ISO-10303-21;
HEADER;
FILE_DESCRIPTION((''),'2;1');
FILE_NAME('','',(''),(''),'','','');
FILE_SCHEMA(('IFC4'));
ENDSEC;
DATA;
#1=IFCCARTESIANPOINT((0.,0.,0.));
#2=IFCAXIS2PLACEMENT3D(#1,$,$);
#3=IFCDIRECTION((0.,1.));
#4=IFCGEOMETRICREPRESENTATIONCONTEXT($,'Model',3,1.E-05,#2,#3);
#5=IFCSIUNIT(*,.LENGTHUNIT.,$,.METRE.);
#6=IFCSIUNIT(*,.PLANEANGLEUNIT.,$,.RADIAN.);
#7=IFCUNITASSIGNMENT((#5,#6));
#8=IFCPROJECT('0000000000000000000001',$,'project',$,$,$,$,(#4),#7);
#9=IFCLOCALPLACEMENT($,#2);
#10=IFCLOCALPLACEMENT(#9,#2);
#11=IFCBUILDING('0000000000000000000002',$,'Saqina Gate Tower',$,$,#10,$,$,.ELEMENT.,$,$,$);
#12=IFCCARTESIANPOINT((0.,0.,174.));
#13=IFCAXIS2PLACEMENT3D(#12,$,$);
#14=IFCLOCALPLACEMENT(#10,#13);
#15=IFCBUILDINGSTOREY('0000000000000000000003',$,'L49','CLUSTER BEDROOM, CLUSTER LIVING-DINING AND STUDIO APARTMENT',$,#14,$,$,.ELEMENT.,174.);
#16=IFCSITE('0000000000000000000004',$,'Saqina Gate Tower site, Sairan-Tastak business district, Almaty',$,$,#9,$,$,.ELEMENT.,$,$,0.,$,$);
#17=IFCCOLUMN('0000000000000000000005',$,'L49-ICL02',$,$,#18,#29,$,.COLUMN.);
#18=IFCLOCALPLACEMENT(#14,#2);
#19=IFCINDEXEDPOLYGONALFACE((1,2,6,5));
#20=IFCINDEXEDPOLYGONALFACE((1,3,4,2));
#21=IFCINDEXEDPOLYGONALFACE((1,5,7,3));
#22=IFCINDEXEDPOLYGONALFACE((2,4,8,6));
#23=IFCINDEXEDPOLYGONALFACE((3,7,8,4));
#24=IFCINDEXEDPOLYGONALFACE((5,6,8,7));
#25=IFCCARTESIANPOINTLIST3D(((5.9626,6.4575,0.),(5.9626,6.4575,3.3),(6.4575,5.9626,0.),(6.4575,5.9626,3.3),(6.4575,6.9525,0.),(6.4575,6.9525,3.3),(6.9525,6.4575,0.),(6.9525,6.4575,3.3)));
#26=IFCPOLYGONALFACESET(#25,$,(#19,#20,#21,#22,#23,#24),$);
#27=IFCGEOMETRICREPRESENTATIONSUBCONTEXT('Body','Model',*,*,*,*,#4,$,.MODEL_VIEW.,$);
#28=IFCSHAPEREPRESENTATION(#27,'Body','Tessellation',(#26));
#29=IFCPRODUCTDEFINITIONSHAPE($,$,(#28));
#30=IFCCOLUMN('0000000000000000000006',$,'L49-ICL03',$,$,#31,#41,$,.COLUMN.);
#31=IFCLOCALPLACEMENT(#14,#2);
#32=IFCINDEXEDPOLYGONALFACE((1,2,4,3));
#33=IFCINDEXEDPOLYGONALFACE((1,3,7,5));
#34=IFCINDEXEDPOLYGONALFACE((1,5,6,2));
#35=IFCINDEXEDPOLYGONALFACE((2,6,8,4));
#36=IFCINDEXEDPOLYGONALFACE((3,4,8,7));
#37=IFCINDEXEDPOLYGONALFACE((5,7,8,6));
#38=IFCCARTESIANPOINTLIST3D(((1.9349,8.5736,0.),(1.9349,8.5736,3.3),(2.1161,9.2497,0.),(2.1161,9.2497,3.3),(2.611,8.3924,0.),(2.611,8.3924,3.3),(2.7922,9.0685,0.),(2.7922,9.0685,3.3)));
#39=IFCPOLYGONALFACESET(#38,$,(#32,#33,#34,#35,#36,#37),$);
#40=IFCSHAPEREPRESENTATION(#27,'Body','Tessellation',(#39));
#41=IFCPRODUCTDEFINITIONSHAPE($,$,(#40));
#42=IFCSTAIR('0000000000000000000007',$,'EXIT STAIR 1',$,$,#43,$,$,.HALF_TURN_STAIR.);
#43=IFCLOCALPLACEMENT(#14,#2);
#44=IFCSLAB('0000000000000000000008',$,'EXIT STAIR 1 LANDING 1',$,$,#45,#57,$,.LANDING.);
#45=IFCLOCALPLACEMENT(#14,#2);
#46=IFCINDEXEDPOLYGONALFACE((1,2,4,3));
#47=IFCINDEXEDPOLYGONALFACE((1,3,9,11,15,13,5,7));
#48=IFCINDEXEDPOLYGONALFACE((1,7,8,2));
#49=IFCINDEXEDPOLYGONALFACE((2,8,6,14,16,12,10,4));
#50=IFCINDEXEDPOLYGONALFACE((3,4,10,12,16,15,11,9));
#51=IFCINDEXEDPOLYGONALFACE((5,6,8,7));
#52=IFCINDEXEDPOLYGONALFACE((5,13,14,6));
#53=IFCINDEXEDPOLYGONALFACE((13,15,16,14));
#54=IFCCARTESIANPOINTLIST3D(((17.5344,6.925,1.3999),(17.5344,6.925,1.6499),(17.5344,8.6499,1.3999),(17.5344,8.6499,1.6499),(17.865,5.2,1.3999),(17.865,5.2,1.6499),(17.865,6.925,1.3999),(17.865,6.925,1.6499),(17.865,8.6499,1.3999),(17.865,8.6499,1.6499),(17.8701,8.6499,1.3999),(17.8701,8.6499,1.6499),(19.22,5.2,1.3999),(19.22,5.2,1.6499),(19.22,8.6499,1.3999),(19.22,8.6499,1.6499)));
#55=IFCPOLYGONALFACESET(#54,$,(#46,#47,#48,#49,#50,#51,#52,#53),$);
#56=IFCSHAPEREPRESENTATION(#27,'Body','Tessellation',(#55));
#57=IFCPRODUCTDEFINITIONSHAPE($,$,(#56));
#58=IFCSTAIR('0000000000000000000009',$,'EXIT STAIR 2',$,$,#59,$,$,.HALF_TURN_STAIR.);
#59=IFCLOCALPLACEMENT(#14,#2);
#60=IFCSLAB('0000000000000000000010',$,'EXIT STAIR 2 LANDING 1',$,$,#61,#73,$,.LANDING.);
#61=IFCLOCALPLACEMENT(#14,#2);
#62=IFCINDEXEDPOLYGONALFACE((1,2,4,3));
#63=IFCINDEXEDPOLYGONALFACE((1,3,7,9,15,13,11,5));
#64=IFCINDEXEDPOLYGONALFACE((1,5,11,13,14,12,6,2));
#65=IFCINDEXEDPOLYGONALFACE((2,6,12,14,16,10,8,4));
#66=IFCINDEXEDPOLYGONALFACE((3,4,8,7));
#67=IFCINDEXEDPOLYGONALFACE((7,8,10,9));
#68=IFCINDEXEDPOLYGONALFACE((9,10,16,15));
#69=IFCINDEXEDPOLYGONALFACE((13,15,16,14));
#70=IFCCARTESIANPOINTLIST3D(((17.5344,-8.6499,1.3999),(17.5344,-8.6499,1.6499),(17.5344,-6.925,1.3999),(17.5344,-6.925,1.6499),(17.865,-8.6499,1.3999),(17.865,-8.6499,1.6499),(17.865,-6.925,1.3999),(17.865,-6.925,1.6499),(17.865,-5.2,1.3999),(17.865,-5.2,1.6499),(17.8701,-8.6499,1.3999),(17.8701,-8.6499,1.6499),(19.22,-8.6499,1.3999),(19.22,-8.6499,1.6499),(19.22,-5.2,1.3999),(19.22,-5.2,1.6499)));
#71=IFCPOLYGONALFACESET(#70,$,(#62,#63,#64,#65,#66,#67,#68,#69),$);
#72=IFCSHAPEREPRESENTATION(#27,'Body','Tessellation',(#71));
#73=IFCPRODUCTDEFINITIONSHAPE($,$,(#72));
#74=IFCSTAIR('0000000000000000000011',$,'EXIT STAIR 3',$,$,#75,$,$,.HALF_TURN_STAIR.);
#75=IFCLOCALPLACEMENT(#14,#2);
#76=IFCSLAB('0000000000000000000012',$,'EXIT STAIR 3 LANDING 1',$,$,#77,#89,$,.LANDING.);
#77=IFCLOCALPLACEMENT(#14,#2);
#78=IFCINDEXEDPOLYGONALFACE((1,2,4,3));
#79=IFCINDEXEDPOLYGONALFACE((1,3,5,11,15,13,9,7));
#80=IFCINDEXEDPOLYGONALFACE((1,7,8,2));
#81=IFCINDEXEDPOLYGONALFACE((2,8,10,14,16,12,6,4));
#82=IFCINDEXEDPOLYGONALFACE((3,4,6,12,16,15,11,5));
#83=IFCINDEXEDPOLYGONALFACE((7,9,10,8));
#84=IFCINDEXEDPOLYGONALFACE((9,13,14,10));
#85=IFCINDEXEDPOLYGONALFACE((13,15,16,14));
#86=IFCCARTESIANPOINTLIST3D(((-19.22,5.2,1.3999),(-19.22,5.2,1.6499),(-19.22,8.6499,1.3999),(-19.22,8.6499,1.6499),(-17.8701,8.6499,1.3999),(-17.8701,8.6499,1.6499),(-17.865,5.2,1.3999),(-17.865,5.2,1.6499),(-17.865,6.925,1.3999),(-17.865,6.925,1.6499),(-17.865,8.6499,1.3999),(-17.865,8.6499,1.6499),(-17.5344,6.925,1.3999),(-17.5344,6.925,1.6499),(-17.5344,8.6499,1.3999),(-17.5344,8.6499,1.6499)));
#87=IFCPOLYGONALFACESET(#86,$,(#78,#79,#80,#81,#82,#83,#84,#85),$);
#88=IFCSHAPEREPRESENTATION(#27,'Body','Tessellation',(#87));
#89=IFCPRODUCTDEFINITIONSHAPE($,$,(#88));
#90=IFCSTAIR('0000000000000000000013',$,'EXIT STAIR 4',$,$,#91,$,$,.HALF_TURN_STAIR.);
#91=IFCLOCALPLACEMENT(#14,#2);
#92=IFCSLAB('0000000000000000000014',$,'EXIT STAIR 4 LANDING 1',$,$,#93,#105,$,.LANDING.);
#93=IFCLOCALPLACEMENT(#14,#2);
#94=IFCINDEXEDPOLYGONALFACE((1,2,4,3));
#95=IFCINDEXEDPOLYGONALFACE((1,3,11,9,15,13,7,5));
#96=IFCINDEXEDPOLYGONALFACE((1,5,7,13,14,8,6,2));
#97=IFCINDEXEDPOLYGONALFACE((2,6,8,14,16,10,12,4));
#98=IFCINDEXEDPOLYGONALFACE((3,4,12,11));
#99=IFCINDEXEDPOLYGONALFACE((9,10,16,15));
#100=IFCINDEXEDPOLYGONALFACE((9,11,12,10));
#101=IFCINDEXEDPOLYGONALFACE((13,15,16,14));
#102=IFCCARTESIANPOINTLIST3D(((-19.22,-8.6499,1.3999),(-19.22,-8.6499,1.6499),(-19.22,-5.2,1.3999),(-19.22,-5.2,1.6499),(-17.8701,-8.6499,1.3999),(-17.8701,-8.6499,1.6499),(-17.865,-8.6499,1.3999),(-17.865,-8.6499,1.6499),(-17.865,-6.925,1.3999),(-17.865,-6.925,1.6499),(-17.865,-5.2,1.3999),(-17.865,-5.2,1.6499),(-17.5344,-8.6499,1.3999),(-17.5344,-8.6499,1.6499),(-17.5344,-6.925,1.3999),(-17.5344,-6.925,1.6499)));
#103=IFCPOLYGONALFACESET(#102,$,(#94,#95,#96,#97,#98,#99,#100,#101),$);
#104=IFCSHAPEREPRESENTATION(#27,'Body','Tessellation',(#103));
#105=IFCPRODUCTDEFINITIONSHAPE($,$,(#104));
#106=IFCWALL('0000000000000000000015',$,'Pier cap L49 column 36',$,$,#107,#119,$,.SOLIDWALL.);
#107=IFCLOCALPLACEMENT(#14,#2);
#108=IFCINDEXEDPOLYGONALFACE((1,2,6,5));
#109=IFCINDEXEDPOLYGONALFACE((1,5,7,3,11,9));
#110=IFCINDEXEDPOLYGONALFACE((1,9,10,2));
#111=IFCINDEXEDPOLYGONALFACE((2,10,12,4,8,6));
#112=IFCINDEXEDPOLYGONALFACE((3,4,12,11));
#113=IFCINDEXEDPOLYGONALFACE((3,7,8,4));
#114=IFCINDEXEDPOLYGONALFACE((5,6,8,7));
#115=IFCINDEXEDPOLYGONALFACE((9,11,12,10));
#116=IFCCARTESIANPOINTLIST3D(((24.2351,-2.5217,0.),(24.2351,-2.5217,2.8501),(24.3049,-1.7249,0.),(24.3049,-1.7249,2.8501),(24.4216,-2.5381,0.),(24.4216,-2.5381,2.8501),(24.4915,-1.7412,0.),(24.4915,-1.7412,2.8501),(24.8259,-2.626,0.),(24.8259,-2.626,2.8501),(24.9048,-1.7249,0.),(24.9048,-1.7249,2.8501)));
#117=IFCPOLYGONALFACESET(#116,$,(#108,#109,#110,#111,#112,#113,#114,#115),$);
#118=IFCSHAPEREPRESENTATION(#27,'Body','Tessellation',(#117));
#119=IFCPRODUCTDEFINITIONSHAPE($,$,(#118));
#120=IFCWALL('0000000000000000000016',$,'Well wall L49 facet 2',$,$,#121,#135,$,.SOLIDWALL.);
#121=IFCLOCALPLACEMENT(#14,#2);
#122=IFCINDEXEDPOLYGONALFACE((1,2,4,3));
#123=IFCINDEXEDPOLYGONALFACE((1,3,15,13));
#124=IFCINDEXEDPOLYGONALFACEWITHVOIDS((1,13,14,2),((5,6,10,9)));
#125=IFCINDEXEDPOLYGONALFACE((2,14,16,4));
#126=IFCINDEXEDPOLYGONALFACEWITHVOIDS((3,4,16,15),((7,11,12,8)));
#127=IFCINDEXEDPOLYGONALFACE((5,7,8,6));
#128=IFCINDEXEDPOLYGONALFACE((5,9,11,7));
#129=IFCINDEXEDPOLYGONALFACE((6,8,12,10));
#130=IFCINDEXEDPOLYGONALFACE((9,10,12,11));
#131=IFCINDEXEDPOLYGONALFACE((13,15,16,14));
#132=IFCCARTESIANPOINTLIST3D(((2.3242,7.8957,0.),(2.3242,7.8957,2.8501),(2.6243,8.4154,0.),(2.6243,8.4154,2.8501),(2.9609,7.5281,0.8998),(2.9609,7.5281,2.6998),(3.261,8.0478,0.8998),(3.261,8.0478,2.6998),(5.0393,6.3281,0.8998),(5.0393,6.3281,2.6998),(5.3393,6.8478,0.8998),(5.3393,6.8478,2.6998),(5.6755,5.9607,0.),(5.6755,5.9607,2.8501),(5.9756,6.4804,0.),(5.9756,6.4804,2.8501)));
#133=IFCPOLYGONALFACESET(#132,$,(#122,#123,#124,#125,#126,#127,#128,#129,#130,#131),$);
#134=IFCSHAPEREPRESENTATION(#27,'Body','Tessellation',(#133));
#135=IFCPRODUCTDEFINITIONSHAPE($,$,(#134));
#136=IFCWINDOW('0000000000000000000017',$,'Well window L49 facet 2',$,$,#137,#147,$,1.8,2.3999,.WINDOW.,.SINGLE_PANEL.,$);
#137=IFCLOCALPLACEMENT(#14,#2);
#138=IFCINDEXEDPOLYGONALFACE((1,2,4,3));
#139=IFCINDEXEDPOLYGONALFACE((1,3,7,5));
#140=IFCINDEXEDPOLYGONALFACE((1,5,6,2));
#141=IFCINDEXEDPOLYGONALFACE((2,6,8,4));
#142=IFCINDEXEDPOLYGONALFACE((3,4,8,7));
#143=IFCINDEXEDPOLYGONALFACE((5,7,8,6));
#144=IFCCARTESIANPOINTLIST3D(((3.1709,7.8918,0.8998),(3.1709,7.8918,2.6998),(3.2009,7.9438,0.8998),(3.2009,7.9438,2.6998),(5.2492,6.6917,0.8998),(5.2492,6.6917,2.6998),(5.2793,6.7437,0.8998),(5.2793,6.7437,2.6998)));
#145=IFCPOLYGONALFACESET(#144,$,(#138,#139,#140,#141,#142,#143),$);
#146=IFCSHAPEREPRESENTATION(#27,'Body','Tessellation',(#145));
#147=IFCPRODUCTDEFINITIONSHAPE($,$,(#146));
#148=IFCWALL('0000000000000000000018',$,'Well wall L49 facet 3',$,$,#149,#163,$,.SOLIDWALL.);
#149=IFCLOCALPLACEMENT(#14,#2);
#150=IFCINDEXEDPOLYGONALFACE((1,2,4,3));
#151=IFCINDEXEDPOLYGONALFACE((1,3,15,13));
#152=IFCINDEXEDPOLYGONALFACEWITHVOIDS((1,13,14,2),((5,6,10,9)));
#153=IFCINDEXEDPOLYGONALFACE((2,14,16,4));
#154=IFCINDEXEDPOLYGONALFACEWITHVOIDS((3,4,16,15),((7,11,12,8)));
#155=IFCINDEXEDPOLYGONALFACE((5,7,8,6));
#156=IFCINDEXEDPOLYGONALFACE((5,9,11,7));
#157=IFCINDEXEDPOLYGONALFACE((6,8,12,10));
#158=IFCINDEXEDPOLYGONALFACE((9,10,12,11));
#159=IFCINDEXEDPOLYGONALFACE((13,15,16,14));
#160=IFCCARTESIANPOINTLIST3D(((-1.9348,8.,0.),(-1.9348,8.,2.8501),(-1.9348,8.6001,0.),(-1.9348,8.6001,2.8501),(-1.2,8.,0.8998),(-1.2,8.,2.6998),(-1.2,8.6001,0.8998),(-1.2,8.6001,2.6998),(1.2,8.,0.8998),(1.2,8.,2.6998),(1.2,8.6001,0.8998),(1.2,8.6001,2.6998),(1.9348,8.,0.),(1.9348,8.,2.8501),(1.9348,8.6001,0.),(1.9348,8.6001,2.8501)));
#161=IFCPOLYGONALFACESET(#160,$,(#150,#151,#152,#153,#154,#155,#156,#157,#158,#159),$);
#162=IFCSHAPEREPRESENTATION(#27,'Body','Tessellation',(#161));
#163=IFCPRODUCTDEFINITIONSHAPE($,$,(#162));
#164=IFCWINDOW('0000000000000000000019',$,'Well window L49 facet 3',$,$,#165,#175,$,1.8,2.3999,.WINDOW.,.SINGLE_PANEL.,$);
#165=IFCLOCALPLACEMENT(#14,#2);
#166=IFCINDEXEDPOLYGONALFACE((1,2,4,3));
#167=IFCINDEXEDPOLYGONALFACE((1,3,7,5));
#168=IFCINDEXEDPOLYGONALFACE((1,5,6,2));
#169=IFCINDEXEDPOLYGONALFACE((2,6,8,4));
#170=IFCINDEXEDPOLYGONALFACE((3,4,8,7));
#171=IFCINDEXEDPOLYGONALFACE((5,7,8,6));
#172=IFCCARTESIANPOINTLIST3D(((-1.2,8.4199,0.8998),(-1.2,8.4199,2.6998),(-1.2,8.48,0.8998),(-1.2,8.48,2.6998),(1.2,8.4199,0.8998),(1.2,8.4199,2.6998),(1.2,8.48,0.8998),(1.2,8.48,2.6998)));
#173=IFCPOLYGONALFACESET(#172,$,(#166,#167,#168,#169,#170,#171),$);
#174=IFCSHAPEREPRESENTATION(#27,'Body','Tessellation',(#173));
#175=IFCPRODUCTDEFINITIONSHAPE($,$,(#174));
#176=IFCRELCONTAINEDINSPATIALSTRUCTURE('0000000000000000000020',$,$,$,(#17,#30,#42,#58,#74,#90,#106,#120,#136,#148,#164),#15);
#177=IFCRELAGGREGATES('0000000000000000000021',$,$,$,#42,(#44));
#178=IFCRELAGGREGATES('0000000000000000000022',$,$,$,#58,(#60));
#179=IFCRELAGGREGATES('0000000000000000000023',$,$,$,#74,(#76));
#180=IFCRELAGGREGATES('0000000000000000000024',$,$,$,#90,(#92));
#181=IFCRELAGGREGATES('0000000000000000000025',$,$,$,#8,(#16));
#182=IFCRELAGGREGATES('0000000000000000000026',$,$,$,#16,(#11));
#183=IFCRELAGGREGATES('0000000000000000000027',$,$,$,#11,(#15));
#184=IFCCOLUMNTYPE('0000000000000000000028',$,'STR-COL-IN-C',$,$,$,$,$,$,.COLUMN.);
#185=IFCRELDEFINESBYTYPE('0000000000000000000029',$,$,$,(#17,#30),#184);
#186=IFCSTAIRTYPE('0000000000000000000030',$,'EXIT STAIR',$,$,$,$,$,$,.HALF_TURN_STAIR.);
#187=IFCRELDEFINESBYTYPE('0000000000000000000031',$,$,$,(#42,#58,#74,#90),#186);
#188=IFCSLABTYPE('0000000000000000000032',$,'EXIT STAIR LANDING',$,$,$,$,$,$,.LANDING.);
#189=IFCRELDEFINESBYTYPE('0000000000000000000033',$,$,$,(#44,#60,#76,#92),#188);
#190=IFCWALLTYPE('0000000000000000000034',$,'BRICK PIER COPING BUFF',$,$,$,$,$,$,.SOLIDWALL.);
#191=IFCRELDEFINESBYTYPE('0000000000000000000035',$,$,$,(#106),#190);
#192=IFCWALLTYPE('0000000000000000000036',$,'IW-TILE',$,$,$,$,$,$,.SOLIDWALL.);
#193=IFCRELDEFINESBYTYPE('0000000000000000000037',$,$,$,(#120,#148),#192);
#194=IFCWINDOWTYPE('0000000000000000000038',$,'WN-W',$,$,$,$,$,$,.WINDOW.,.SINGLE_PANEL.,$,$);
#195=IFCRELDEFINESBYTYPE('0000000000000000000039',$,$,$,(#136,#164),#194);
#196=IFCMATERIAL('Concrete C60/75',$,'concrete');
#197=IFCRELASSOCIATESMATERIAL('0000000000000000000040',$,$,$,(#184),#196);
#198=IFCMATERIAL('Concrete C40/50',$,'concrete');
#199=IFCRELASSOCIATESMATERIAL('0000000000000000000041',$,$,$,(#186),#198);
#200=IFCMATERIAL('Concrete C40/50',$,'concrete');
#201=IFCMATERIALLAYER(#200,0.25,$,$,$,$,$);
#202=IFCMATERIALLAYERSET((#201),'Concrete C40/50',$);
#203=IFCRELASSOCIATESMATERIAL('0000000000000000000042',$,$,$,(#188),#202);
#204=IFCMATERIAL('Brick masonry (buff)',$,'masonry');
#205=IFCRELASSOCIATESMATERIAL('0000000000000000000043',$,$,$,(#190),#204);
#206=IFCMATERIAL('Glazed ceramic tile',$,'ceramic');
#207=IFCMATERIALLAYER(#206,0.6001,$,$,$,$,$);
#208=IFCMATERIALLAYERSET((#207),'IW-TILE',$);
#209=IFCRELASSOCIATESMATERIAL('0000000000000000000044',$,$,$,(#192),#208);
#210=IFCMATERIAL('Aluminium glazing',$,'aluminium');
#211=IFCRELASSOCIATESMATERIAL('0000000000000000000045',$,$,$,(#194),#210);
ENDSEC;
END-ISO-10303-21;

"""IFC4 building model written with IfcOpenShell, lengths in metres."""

from ifc_helpers import new_model, si_unit, direction, frame, frame_2d, origin, origin_2d, place, context, subcontext, project, spatial, polyline, rectangle, outline, extrude, material, layer, layer_set, material_profile, profile_set, type_object, element, fill, aggregate, save


model = new_model("IFC4")

# Units and contexts
model_context = context("Model", 3, precision=1e-05, world=origin(), true_north=direction((0.0, 1.0)))
body_context = subcontext(model_context, "Body", "Model", "MODEL_VIEW")
ifc_project = project(units=[si_unit("LENGTHUNIT", "METRE"), si_unit("PLANEANGLEUNIT", "RADIAN")], contexts=[model_context])

# Site, building, storey
site_placement = place(None, origin())
site = spatial("IfcSite", under=ifc_project, at=site_placement, Name="Saqina Gate Tower site, Sairan-Tastak business district, Almaty", CompositionType="ELEMENT", RefElevation=0.0)
building_placement = place(site_placement, origin())
building = spatial("IfcBuilding", under=site, at=building_placement, Name="Saqina Gate Tower", CompositionType="ELEMENT")
storey_placement = place(building_placement, frame((0.0, 0.0, 174.0)))
storey = spatial("IfcBuildingStorey", under=building, at=storey_placement, Name="L49", Description="CLUSTER BEDROOM, CLUSTER LIVING-DINING AND STUDIO APARTMENT", CompositionType="ELEMENT", Elevation=174.0)

# Columns
ifc_material_1 = material(Name="Concrete C60/75", Category="concrete")
ifc_material_profile = material_profile(ifc_material_1, rectangle(XDim=0.7, YDim=0.7, at=origin_2d()), Name="RC 700x700")
ifc_profile_set = profile_set([ifc_material_profile], Name="Concrete C60/75")
column_type = type_object("IfcColumnType", Name="STR-COL-IN-C", PredefinedType="COLUMN", material=ifc_profile_set)
for number, where, z_axis, x_axis, name in (
    (1, (6.4575, 6.4575, 0.0), (0.0, 0.0, 1.0), (0.707107, 0.707107, 0.0), "L49-ICL02"),
    (2, (2.3635, 8.821, 0.0), (0.0, 0.0, 1.0), (0.258819, 0.965926, 0.0), "L49-ICL03"),
):
    element("IfcColumn", number, at=place(storey_placement, frame(where, z_axis=z_axis, x_axis=x_axis)), inside=storey, type_object=column_type, Name=name, PredefinedType="COLUMN", context=body_context, shape_type="SweptSolid", body=[
        extrude(rectangle(XDim=0.7, YDim=0.7, at=origin_2d()), origin(), (0.0, 0.0, 1.0), 3.3),
    ])

# Stairs, slabs
ifc_material_2 = material(Name="Concrete C40/50", Category="concrete")
stair_type = type_object("IfcStairType", Name="EXIT STAIR", PredefinedType="HALF_TURN_STAIR", material=ifc_material_2)
stair_1_placement = place(storey_placement, origin())
stair_1 = element("IfcStair", 3, at=stair_1_placement, inside=storey, type_object=stair_type, Name="EXIT STAIR 1", PredefinedType="HALF_TURN_STAIR")
ifc_material_3 = material(Name="Concrete C40/50", Category="concrete")
ifc_layer_1 = layer(ifc_material_3, 0.25)
ifc_layer_set_1 = layer_set([ifc_layer_1], Name="Concrete C40/50")
slab_type = type_object("IfcSlabType", Name="EXIT STAIR LANDING", PredefinedType="LANDING", material=ifc_layer_set_1)
slab_1_placement = place(storey_placement, frame((0.0, 0.0, 1.3999)))
slab_1 = element("IfcSlab", 4, at=slab_1_placement, type_object=slab_type, Name="EXIT STAIR 1 LANDING 1", PredefinedType="LANDING", context=body_context, shape_type="SweptSolid", body=[
    extrude(outline(polyline([(19.22, 8.6499), (19.22, 5.2), (17.865, 5.2), (17.865, 6.925), (17.5344, 6.925), (17.5344, 8.6499), (17.865, 8.6499), (17.8701, 8.6499), (19.22, 8.6499)])), origin(), (0.0, 0.0, 1.0), 0.25),
])
aggregate(stair_1, [slab_1])
stair_2_placement = place(storey_placement, origin())
stair_2 = element("IfcStair", 5, at=stair_2_placement, inside=storey, type_object=stair_type, Name="EXIT STAIR 2", PredefinedType="HALF_TURN_STAIR")
slab_2_placement = place(storey_placement, frame((0.0, 0.0, 1.3999)))
slab_2 = element("IfcSlab", 6, at=slab_2_placement, type_object=slab_type, Name="EXIT STAIR 2 LANDING 1", PredefinedType="LANDING", context=body_context, shape_type="SweptSolid", body=[
    extrude(outline(polyline([(17.5344, -8.6499), (17.5344, -6.925), (17.865, -6.925), (17.865, -5.2), (19.22, -5.2), (19.22, -8.6499), (17.8701, -8.6499), (17.865, -8.6499), (17.5344, -8.6499)])), origin(), (0.0, 0.0, 1.0), 0.25),
])
aggregate(stair_2, [slab_2])
stair_3_placement = place(storey_placement, origin())
stair_3 = element("IfcStair", 7, at=stair_3_placement, inside=storey, type_object=stair_type, Name="EXIT STAIR 3", PredefinedType="HALF_TURN_STAIR")
slab_3_placement = place(storey_placement, frame((0.0, 0.0, 1.3999)))
slab_3 = element("IfcSlab", 8, at=slab_3_placement, type_object=slab_type, Name="EXIT STAIR 3 LANDING 1", PredefinedType="LANDING", context=body_context, shape_type="SweptSolid", body=[
    extrude(outline(polyline([(-17.865, 5.2), (-19.22, 5.2), (-19.22, 8.6499), (-17.8701, 8.6499), (-17.865, 8.6499), (-17.5344, 8.6499), (-17.5344, 6.925), (-17.865, 6.925), (-17.865, 5.2)])), origin(), (0.0, 0.0, 1.0), 0.25),
])
aggregate(stair_3, [slab_3])
stair_4_placement = place(storey_placement, origin())
stair_4 = element("IfcStair", 9, at=stair_4_placement, inside=storey, type_object=stair_type, Name="EXIT STAIR 4", PredefinedType="HALF_TURN_STAIR")
slab_4_placement = place(storey_placement, frame((0.0, 0.0, 1.3999)))
slab_4 = element("IfcSlab", 10, at=slab_4_placement, type_object=slab_type, Name="EXIT STAIR 4 LANDING 1", PredefinedType="LANDING", context=body_context, shape_type="SweptSolid", body=[
    extrude(outline(polyline([(-17.5344, -6.925), (-17.5344, -8.6499), (-17.865, -8.6499), (-17.8701, -8.6499), (-19.22, -8.6499), (-19.22, -5.2), (-17.865, -5.2), (-17.865, -6.925), (-17.5344, -6.925)])), origin(), (0.0, 0.0, 1.0), 0.25),
])
aggregate(stair_4, [slab_4])

# Wall
ifc_material_4 = material(Name="Brick masonry (buff)", Category="masonry")
wall_type_1 = type_object("IfcWallType", Name="BRICK PIER COPING BUFF", PredefinedType="SOLIDWALL", material=ifc_material_4)
wall_1_placement = place(storey_placement, origin())
element("IfcWall", 11, at=wall_1_placement, inside=storey, type_object=wall_type_1, Name="Pier cap L49 column 36", PredefinedType="SOLIDWALL", context=body_context, shape_type="SweptSolid", body=[
    extrude(outline(polyline([(24.8259, -2.626), (24.9048, -1.7249), (24.3049, -1.7249), (24.4915, -1.7412), (24.4216, -2.5381), (24.2351, -2.5217), (24.8259, -2.626)])), origin(), (0.0, 0.0, 1.0), 2.8501),
])

# Walls, openings, windows
ifc_material_5 = material(Name="Glazed ceramic tile", Category="ceramic")
ifc_layer_2 = layer(ifc_material_5, 0.6001)
ifc_layer_set_2 = layer_set([ifc_layer_2], Name="IW-TILE")
wall_type_2 = type_object("IfcWallType", Name="IW-TILE", PredefinedType="SOLIDWALL", material=ifc_layer_set_2)
wall_2_placement = place(storey_placement, frame((5.8257, 6.2205, 0.0), z_axis=(0.0, 0.0, 1.0), x_axis=(-0.866006, 0.500034, 0.0)))
wall_2 = element("IfcWall", 12, at=wall_2_placement, inside=storey, type_object=wall_type_2, Name="Well wall L49 facet 2", PredefinedType="SOLIDWALL", context=body_context, shape_type="SweptSolid", body=[
    extrude(rectangle(XDim=3.8699, YDim=0.6001, at=frame_2d((1.9351, 0.0))), origin(), (0.0, 0.0, 1.0), 2.8501),
])
opening_1_placement = place(wall_2_placement, frame((0.7349, 0.0, 0.8999)))
opening_1 = element("IfcOpeningElement", 13, at=opening_1_placement, cuts=wall_2, PredefinedType="OPENING", context=body_context, shape_type="SweptSolid", body=[
    extrude(rectangle(XDim=2.3999, YDim=1.8, at=frame_2d((1.2, 0.8999))), frame((0.0, 0.312, 0.0), z_axis=(0.0, -1.0, 0.0), x_axis=(1.0, 0.0, 0.0)), (0.0, 0.0, 1.0), 0.624),
])
ifc_material_6 = material(Name="Aluminium glazing", Category="aluminium")
window_type = type_object("IfcWindowType", Name="WN-W", PartitioningType="SINGLE_PANEL", PredefinedType="WINDOW", material=ifc_material_6)
window_1_placement = place(opening_1_placement, origin())
window_1 = element("IfcWindow", 14, at=window_1_placement, inside=storey, type_object=window_type, Name="Well window L49 facet 2", OverallHeight=1.8, OverallWidth=2.3999, PartitioningType="SINGLE_PANEL", PredefinedType="WINDOW", context=body_context, shape_type="SweptSolid", body=[
    extrude(rectangle(XDim=2.3999, YDim=1.8, at=frame_2d((1.2, 0.8999))), frame((0.0, -0.1199, 0.0), z_axis=(0.0, -1.0, 0.0), x_axis=(1.0, 0.0, 0.0)), (0.0, 0.0, 1.0), 0.0601),
])
fill(opening_1, window_1)
wall_3_placement = place(storey_placement, frame((1.9348, 8.3, 0.0), z_axis=(0.0, 0.0, 1.0), x_axis=(-1.0, 0.0, 0.0)))
wall_3 = element("IfcWall", 15, at=wall_3_placement, inside=storey, type_object=wall_type_2, Name="Well wall L49 facet 3", PredefinedType="SOLIDWALL", context=body_context, shape_type="SweptSolid", body=[
    extrude(rectangle(XDim=3.8696, YDim=0.6001, at=frame_2d((1.9348, 0.0))), origin(), (0.0, 0.0, 1.0), 2.8501),
])
opening_2_placement = place(wall_3_placement, frame((0.7349, 0.0, 0.8999)))
opening_2 = element("IfcOpeningElement", 16, at=opening_2_placement, cuts=wall_3, PredefinedType="OPENING", context=body_context, shape_type="SweptSolid", body=[
    extrude(rectangle(XDim=2.3999, YDim=1.8, at=frame_2d((1.2, 0.8999))), frame((0.0, 0.312, 0.0), z_axis=(0.0, -1.0, 0.0), x_axis=(1.0, 0.0, 0.0)), (0.0, 0.0, 1.0), 0.624),
])
window_2_placement = place(opening_2_placement, origin())
window_2 = element("IfcWindow", 17, at=window_2_placement, inside=storey, type_object=window_type, Name="Well window L49 facet 3", OverallHeight=1.8, OverallWidth=2.3999, PartitioningType="SINGLE_PANEL", PredefinedType="WINDOW", context=body_context, shape_type="SweptSolid", body=[
    extrude(rectangle(XDim=2.3999, YDim=1.8, at=frame_2d((1.2, 0.8999))), frame((0.0, -0.1199, 0.0), z_axis=(0.0, -1.0, 0.0), x_axis=(1.0, 0.0, 0.0)), (0.0, 0.0, 1.0), 0.0601),
])
fill(opening_2, window_2)

save(model, "model.ifc")
